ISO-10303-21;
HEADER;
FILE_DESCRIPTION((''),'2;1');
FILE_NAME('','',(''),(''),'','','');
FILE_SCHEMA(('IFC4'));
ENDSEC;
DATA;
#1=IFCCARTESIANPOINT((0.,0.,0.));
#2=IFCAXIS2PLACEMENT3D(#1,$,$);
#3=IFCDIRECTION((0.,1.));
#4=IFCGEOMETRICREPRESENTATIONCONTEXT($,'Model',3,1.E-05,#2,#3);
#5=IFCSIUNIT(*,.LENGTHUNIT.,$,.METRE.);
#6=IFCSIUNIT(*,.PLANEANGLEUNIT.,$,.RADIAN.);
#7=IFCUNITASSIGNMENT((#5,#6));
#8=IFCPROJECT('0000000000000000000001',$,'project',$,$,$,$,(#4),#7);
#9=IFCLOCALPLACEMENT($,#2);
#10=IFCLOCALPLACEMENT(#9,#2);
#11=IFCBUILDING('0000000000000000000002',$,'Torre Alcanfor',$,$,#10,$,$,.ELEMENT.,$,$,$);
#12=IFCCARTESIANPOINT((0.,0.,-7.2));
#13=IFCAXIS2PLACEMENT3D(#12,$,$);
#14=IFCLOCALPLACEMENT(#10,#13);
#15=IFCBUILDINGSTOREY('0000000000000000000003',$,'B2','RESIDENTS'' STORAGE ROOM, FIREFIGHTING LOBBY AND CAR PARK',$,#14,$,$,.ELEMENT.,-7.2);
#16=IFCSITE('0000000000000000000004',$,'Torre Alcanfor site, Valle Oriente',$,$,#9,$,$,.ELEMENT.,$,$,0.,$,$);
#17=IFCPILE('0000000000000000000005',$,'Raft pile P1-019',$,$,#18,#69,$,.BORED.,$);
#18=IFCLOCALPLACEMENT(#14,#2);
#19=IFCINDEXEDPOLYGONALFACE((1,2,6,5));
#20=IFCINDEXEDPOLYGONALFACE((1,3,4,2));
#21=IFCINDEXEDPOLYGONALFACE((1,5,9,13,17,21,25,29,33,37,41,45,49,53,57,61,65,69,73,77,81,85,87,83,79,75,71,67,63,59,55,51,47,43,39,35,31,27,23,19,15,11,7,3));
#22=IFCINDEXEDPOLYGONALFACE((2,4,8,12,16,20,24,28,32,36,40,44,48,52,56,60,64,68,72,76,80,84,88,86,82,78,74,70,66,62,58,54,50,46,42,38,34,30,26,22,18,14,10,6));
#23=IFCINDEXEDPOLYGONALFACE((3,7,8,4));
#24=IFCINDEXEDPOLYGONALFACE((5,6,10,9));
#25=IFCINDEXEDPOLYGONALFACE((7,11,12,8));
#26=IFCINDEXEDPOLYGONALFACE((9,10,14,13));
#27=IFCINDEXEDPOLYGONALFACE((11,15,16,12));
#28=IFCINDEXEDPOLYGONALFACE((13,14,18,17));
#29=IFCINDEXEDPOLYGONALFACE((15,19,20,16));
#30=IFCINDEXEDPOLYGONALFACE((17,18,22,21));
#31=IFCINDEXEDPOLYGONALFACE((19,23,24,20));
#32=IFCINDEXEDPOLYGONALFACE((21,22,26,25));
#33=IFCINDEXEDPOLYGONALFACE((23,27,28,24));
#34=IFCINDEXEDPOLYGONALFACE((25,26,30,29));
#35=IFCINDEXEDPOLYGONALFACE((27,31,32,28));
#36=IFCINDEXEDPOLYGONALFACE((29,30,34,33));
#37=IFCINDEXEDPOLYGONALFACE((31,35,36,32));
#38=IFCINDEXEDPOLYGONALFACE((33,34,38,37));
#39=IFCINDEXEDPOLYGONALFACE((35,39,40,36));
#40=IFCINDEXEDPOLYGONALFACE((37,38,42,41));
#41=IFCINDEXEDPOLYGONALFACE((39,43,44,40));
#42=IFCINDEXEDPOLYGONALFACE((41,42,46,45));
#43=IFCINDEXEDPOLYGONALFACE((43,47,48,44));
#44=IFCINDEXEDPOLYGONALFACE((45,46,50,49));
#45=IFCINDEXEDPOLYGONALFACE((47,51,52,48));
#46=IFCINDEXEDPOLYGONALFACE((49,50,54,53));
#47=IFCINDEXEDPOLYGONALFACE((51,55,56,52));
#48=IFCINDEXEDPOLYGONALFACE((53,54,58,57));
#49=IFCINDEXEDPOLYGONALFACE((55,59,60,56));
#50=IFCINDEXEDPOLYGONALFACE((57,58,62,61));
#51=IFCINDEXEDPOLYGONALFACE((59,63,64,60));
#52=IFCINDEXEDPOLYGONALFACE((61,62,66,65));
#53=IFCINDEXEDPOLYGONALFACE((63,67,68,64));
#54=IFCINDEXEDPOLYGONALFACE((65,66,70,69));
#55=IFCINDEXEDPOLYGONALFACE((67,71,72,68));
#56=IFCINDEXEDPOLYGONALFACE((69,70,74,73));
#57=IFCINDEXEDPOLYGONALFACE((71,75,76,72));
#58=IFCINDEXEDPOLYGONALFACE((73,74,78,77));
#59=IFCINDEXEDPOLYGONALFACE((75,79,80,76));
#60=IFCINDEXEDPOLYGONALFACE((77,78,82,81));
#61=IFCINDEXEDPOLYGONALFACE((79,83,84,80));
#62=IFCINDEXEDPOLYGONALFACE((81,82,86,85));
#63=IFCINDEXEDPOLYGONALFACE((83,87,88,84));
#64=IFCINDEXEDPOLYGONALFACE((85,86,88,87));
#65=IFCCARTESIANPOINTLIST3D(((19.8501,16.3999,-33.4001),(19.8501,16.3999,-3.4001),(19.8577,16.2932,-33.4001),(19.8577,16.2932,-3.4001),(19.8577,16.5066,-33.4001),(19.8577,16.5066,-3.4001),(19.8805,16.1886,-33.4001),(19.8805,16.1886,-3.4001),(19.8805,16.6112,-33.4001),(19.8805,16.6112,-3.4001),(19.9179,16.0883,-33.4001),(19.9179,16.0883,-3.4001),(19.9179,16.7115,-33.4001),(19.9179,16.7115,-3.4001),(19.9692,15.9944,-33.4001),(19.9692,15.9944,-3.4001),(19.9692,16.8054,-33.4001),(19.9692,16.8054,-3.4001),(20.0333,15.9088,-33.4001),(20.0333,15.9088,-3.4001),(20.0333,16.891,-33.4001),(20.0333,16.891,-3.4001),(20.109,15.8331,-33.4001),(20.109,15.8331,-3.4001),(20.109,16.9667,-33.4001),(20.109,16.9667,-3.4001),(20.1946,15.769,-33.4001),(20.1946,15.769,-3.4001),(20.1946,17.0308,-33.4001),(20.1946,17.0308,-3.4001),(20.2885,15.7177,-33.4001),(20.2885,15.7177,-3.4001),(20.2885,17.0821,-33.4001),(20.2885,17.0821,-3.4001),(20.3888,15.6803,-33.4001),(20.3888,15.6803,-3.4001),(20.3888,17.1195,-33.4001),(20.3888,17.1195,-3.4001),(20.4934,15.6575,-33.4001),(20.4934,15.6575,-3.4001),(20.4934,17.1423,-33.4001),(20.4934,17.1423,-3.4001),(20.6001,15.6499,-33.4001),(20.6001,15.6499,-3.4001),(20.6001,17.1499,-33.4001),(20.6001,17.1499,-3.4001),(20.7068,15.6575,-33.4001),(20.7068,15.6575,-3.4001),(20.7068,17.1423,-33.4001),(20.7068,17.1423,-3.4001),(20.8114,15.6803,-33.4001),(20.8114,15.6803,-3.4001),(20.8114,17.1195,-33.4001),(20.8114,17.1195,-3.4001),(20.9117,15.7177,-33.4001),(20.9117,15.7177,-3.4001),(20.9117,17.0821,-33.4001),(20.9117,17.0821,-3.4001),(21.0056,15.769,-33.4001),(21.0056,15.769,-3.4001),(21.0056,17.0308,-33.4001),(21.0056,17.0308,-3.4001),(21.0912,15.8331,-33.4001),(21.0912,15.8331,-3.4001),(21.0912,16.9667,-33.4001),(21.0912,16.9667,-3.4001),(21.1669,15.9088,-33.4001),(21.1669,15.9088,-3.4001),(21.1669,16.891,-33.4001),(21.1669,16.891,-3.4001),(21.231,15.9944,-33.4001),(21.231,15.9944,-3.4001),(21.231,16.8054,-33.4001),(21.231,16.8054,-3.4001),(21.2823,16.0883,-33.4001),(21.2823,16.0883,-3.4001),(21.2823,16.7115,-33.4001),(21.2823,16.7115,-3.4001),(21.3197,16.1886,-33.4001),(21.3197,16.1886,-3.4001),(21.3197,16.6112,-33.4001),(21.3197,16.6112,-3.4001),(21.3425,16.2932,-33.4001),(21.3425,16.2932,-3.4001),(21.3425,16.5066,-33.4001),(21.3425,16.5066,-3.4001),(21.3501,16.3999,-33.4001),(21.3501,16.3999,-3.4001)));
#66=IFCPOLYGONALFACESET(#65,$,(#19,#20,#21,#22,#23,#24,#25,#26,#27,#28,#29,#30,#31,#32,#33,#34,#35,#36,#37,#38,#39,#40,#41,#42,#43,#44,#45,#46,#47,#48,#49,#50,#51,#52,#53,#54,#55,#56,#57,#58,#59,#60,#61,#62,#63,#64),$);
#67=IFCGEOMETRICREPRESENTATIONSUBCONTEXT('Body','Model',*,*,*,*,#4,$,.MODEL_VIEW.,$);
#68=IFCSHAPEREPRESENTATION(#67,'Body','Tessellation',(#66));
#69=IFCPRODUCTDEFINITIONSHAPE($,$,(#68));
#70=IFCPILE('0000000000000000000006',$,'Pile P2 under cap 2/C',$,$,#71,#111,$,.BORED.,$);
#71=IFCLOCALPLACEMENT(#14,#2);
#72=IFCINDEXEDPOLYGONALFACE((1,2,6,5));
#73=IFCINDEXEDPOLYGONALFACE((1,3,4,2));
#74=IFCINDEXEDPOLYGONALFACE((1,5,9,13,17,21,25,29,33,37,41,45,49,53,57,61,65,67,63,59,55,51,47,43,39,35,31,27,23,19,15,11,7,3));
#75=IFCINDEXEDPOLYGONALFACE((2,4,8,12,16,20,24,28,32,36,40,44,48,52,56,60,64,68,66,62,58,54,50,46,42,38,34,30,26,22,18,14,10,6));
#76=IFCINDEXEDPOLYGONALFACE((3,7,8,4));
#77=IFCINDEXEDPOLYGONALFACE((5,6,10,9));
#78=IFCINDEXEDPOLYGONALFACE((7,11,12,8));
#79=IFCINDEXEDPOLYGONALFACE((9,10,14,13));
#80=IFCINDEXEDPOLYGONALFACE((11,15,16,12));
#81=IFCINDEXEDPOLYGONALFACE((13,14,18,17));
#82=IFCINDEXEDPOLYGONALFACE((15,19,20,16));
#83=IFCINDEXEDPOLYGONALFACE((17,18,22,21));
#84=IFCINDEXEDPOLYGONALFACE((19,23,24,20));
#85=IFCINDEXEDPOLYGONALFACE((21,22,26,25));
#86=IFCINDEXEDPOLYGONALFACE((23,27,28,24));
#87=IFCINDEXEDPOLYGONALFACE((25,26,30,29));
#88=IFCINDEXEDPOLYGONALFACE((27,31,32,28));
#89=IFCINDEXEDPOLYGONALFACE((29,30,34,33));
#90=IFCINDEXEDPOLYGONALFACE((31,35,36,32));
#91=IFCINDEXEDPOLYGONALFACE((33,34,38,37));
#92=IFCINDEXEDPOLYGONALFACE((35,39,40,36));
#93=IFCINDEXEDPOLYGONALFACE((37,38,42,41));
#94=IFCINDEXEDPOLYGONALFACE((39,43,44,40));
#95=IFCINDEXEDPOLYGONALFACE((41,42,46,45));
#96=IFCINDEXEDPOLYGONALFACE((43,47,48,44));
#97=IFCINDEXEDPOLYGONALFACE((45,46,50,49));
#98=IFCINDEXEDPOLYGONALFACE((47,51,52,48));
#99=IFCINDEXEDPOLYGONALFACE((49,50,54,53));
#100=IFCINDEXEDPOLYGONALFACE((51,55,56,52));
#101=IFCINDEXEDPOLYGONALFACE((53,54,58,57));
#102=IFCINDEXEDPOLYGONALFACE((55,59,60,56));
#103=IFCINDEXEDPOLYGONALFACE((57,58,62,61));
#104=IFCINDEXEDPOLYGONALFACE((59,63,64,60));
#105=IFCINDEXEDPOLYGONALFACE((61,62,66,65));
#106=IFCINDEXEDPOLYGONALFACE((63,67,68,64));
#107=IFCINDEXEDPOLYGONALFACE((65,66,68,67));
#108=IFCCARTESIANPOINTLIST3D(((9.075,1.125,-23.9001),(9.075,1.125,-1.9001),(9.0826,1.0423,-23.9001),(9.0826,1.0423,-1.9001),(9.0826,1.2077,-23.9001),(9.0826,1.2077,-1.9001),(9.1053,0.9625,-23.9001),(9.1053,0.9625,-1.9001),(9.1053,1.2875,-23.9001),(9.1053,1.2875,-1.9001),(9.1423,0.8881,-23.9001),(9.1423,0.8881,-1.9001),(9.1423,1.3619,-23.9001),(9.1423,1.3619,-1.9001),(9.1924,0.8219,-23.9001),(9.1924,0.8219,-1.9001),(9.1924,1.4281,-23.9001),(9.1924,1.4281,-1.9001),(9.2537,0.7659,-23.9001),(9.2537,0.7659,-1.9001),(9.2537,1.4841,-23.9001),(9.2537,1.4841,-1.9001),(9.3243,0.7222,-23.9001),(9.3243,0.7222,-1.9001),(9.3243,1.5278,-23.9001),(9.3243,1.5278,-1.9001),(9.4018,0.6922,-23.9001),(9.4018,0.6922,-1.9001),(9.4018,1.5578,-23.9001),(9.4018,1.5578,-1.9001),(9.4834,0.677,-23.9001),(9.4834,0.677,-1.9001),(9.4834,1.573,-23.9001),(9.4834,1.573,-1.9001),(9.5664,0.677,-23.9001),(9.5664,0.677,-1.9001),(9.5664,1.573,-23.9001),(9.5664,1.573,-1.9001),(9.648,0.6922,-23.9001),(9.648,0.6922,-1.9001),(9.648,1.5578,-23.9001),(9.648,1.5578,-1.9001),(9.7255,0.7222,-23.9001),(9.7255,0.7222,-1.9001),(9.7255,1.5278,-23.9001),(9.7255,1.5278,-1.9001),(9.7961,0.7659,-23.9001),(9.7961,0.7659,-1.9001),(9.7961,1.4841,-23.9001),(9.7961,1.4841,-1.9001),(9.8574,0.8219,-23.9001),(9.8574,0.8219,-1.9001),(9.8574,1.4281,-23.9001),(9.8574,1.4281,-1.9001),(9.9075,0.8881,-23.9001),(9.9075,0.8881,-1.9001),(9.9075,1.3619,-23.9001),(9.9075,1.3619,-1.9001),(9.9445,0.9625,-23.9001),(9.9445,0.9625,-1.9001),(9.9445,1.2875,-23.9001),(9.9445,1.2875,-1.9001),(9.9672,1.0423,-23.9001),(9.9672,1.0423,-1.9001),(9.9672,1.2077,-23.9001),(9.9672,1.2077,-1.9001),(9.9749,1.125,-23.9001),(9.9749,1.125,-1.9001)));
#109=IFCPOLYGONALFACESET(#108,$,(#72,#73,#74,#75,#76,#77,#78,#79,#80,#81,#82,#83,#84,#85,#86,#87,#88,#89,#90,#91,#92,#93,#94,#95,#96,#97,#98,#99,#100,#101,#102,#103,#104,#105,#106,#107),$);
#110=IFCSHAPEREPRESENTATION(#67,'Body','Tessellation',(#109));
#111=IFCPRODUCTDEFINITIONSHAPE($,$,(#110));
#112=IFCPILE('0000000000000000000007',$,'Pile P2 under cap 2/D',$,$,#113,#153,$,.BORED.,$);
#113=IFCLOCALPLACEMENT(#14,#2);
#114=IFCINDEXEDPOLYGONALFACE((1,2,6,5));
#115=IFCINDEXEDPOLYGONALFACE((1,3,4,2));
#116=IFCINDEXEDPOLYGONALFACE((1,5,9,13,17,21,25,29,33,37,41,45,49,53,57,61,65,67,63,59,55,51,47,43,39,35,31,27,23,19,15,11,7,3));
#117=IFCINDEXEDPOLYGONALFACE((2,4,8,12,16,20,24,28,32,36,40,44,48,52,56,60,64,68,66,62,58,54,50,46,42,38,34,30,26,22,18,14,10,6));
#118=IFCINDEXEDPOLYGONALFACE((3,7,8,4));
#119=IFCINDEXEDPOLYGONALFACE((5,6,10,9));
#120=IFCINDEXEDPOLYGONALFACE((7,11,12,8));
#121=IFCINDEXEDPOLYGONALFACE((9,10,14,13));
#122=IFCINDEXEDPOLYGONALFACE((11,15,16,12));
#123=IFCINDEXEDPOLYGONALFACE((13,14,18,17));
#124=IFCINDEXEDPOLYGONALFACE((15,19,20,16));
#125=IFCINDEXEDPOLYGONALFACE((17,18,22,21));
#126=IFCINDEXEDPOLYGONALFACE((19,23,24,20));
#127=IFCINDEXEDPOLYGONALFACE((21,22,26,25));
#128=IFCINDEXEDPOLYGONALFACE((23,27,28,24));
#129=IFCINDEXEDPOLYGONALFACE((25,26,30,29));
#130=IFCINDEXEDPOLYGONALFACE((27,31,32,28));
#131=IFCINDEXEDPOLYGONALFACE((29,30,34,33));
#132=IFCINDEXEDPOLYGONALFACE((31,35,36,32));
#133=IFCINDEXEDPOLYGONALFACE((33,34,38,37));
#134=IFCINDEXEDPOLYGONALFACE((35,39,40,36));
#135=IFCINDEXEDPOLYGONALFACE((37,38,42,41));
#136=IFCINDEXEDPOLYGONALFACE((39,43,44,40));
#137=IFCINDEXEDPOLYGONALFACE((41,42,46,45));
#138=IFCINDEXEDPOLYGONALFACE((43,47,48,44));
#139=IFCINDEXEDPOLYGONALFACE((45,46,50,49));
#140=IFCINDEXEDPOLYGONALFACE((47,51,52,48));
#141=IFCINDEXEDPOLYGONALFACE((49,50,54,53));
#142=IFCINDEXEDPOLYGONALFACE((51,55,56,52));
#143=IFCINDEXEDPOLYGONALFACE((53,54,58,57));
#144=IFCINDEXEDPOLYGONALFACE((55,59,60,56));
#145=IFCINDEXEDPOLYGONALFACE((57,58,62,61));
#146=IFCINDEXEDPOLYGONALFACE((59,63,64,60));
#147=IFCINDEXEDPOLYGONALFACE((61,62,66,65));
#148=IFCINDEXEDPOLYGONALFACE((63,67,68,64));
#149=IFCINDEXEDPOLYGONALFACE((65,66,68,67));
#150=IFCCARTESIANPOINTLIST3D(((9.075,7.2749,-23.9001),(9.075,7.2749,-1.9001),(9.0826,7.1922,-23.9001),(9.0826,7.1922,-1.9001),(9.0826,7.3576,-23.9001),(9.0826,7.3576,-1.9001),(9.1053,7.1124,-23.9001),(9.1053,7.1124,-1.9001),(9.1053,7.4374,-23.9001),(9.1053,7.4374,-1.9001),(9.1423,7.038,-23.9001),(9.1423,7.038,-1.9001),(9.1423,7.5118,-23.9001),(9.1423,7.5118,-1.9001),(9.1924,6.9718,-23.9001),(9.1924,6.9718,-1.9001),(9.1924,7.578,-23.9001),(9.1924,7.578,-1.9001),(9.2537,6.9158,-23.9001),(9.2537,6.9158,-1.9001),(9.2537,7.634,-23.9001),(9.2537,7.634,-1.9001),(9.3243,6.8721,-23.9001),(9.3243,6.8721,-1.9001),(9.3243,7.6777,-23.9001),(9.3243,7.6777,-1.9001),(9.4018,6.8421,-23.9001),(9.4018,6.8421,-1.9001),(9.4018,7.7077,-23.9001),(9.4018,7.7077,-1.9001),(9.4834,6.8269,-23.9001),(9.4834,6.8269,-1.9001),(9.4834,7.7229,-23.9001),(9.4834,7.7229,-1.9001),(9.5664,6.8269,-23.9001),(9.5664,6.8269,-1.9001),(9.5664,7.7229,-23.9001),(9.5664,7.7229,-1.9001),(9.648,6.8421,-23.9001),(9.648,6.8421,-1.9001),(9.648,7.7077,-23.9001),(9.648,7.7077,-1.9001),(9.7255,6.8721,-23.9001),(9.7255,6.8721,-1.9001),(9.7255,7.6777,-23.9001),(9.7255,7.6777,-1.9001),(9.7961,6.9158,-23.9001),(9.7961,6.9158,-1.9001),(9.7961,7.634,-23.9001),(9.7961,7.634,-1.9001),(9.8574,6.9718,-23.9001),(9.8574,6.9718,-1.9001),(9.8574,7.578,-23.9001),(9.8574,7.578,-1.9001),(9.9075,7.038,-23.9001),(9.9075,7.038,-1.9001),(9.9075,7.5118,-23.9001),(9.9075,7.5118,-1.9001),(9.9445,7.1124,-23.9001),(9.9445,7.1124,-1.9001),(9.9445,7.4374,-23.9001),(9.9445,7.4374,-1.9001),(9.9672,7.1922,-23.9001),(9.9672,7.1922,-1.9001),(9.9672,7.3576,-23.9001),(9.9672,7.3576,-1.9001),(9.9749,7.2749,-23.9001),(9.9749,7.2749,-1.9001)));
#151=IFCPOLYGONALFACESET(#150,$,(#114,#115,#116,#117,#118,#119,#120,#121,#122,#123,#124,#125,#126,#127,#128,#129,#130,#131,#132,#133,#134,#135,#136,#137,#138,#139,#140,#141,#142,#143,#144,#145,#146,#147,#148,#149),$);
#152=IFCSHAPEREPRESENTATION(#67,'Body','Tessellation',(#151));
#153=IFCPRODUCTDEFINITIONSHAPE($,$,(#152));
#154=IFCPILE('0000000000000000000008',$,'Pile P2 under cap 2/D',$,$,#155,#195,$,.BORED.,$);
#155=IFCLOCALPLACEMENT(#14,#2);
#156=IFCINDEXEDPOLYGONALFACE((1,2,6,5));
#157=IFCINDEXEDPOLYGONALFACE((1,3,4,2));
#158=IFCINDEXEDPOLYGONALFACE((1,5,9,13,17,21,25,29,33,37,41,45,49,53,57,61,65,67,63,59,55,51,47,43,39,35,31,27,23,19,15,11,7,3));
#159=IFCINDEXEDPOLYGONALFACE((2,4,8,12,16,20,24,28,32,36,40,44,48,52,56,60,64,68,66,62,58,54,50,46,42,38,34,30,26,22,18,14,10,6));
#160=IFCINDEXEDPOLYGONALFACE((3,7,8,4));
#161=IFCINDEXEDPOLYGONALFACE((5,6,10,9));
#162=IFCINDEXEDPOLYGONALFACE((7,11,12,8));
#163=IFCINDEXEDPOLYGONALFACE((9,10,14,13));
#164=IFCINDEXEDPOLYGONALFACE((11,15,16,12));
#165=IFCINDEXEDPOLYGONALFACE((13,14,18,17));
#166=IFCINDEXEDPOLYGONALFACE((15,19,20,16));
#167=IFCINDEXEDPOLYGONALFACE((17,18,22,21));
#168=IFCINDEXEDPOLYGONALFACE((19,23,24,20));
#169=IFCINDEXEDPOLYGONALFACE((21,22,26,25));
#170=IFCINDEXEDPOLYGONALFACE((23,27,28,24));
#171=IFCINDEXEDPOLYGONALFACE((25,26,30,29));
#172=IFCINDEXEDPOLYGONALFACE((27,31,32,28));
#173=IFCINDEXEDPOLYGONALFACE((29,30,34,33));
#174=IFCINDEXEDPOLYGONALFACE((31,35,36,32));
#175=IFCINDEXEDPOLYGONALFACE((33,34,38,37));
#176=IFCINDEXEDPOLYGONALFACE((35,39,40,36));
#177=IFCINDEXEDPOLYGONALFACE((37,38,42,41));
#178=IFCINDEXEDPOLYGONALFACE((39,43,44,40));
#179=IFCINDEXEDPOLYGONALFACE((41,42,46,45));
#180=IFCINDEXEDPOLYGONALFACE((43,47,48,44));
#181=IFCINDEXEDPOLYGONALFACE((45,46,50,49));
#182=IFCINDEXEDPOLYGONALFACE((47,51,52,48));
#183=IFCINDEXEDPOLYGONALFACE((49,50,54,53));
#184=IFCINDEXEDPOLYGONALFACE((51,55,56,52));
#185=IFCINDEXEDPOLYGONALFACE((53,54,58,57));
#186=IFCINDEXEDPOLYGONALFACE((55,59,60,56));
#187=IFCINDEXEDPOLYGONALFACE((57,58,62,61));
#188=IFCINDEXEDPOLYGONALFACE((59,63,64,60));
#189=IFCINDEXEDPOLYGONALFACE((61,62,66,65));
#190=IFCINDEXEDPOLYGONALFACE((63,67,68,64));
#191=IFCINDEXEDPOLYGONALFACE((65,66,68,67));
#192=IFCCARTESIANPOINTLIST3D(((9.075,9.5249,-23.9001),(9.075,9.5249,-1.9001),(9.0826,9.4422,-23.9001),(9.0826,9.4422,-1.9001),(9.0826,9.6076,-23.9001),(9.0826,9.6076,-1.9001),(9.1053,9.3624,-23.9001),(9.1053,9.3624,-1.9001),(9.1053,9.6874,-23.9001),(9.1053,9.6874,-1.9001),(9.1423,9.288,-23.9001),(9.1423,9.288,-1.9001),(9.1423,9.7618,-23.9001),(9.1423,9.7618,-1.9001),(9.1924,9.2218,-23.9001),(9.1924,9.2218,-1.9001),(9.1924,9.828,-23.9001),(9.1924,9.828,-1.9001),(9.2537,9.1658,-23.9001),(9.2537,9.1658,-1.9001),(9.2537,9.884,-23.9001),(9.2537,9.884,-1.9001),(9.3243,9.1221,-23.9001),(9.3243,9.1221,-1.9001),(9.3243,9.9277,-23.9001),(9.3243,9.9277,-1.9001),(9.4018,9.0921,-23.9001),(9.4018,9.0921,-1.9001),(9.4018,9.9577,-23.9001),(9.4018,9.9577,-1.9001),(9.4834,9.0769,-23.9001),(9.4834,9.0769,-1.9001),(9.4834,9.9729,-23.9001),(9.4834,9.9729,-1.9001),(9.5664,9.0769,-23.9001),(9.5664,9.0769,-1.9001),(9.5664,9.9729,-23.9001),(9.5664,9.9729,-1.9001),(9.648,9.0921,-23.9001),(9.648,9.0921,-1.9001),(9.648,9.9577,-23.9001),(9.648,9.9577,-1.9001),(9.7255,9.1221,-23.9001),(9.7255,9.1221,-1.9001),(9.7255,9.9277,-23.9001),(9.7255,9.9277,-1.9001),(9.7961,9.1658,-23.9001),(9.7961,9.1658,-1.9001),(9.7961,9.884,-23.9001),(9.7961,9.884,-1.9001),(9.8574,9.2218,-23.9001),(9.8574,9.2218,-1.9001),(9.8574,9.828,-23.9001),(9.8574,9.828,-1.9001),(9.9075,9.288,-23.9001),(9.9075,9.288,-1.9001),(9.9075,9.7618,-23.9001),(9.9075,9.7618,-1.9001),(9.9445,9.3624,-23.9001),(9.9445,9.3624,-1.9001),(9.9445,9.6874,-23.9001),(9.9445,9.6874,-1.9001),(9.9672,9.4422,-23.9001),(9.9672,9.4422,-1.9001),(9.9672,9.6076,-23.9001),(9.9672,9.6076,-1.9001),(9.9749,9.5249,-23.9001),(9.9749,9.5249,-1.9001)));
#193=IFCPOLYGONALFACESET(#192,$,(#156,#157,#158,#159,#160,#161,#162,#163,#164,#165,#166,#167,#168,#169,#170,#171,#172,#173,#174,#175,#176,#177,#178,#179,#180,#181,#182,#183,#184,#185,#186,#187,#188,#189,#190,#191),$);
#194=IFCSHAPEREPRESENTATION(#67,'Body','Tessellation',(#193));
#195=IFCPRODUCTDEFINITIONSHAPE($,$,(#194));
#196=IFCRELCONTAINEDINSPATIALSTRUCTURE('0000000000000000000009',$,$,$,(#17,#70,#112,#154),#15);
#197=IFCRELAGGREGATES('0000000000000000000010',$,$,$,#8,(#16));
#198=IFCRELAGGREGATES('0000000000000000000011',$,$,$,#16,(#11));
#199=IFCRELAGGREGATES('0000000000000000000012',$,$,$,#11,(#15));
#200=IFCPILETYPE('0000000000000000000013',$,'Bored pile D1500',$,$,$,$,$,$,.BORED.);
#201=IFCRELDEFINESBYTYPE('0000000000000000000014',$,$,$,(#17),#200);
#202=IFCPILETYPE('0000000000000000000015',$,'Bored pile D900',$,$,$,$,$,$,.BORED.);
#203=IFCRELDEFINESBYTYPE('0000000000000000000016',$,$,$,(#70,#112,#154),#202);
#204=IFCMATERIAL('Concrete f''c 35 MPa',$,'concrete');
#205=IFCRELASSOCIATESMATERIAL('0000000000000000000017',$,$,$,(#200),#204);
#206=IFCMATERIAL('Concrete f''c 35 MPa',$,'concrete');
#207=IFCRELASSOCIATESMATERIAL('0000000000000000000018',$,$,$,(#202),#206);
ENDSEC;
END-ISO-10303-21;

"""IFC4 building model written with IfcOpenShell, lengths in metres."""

from ifc_helpers import new_model, si_unit, direction, frame, origin, origin_2d, place, context, subcontext, project, spatial, circle, extrude, material, material_profile, profile_set, type_object, element, save


model = new_model("IFC4")

# Units and contexts
model_context = context("Model", 3, precision=1e-05, world=origin(), true_north=direction((0.0, 1.0)))
body_context = subcontext(model_context, "Body", "Model", "MODEL_VIEW")
ifc_project = project(units=[si_unit("LENGTHUNIT", "METRE"), si_unit("PLANEANGLEUNIT", "RADIAN")], contexts=[model_context])

# Site, building, storey
site_placement = place(None, origin())
site = spatial("IfcSite", under=ifc_project, at=site_placement, Name="Torre Alcanfor site, Valle Oriente", CompositionType="ELEMENT", RefElevation=0.0)
building_placement = place(site_placement, origin())
building = spatial("IfcBuilding", under=site, at=building_placement, Name="Torre Alcanfor", CompositionType="ELEMENT")
storey_placement = place(building_placement, frame((0.0, 0.0, -7.2)))
storey = spatial("IfcBuildingStorey", under=building, at=storey_placement, Name="B2", Description="RESIDENTS' STORAGE ROOM, FIREFIGHTING LOBBY AND CAR PARK", CompositionType="ELEMENT", Elevation=-7.2)

# Piles
ifc_material_1 = material(Name="Concrete f'c 35 MPa", Category="concrete")
ifc_material_profile_1 = material_profile(ifc_material_1, circle(Radius=0.75, at=origin_2d()), Name="D1500")
ifc_profile_set_1 = profile_set([ifc_material_profile_1], Name="Concrete f'c 35 MPa")
pile_type_1 = type_object("IfcPileType", Name="Bored pile D1500", PredefinedType="BORED", material=ifc_profile_set_1)
for number, where, z_axis, x_axis, name in (
    (1, (20.6001, 16.3999, -3.4001), (0.0, 0.0, -1.0), (1.0, 0.0, 0.0), "Raft pile P1-019"),
):
    element("IfcPile", number, at=place(storey_placement, frame(where, z_axis=z_axis, x_axis=x_axis)), inside=storey, type_object=pile_type_1, Name=name, PredefinedType="BORED", context=body_context, shape_type="SweptSolid", body=[
        extrude(circle(Radius=0.75, at=origin_2d()), origin(), (0.0, 0.0, 1.0), 30.0),
    ])
ifc_material_2 = material(Name="Concrete f'c 35 MPa", Category="concrete")
ifc_material_profile_2 = material_profile(ifc_material_2, circle(Radius=0.45, at=origin_2d()), Name="D900")
ifc_profile_set_2 = profile_set([ifc_material_profile_2], Name="Concrete f'c 35 MPa")
pile_type_2 = type_object("IfcPileType", Name="Bored pile D900", PredefinedType="BORED", material=ifc_profile_set_2)
for number, where, z_axis, x_axis, name in (
    (2, (9.5249, 1.125, -1.9001), (0.0, 0.0, -1.0), (1.0, 0.0, 0.0), "Pile P2 under cap 2/C"),
    (3, (9.5249, 7.2749, -1.9001), (0.0, 0.0, -1.0), (1.0, 0.0, 0.0), "Pile P2 under cap 2/D"),
    (4, (9.5249, 9.5249, -1.9001), (0.0, 0.0, -1.0), (1.0, 0.0, 0.0), "Pile P2 under cap 2/D"),
):
    element("IfcPile", number, at=place(storey_placement, frame(where, z_axis=z_axis, x_axis=x_axis)), inside=storey, type_object=pile_type_2, Name=name, PredefinedType="BORED", context=body_context, shape_type="SweptSolid", body=[
        extrude(circle(Radius=0.45, at=origin_2d()), origin(), (0.0, 0.0, 1.0), 22.0),
    ])

save(model, "model.ifc")
